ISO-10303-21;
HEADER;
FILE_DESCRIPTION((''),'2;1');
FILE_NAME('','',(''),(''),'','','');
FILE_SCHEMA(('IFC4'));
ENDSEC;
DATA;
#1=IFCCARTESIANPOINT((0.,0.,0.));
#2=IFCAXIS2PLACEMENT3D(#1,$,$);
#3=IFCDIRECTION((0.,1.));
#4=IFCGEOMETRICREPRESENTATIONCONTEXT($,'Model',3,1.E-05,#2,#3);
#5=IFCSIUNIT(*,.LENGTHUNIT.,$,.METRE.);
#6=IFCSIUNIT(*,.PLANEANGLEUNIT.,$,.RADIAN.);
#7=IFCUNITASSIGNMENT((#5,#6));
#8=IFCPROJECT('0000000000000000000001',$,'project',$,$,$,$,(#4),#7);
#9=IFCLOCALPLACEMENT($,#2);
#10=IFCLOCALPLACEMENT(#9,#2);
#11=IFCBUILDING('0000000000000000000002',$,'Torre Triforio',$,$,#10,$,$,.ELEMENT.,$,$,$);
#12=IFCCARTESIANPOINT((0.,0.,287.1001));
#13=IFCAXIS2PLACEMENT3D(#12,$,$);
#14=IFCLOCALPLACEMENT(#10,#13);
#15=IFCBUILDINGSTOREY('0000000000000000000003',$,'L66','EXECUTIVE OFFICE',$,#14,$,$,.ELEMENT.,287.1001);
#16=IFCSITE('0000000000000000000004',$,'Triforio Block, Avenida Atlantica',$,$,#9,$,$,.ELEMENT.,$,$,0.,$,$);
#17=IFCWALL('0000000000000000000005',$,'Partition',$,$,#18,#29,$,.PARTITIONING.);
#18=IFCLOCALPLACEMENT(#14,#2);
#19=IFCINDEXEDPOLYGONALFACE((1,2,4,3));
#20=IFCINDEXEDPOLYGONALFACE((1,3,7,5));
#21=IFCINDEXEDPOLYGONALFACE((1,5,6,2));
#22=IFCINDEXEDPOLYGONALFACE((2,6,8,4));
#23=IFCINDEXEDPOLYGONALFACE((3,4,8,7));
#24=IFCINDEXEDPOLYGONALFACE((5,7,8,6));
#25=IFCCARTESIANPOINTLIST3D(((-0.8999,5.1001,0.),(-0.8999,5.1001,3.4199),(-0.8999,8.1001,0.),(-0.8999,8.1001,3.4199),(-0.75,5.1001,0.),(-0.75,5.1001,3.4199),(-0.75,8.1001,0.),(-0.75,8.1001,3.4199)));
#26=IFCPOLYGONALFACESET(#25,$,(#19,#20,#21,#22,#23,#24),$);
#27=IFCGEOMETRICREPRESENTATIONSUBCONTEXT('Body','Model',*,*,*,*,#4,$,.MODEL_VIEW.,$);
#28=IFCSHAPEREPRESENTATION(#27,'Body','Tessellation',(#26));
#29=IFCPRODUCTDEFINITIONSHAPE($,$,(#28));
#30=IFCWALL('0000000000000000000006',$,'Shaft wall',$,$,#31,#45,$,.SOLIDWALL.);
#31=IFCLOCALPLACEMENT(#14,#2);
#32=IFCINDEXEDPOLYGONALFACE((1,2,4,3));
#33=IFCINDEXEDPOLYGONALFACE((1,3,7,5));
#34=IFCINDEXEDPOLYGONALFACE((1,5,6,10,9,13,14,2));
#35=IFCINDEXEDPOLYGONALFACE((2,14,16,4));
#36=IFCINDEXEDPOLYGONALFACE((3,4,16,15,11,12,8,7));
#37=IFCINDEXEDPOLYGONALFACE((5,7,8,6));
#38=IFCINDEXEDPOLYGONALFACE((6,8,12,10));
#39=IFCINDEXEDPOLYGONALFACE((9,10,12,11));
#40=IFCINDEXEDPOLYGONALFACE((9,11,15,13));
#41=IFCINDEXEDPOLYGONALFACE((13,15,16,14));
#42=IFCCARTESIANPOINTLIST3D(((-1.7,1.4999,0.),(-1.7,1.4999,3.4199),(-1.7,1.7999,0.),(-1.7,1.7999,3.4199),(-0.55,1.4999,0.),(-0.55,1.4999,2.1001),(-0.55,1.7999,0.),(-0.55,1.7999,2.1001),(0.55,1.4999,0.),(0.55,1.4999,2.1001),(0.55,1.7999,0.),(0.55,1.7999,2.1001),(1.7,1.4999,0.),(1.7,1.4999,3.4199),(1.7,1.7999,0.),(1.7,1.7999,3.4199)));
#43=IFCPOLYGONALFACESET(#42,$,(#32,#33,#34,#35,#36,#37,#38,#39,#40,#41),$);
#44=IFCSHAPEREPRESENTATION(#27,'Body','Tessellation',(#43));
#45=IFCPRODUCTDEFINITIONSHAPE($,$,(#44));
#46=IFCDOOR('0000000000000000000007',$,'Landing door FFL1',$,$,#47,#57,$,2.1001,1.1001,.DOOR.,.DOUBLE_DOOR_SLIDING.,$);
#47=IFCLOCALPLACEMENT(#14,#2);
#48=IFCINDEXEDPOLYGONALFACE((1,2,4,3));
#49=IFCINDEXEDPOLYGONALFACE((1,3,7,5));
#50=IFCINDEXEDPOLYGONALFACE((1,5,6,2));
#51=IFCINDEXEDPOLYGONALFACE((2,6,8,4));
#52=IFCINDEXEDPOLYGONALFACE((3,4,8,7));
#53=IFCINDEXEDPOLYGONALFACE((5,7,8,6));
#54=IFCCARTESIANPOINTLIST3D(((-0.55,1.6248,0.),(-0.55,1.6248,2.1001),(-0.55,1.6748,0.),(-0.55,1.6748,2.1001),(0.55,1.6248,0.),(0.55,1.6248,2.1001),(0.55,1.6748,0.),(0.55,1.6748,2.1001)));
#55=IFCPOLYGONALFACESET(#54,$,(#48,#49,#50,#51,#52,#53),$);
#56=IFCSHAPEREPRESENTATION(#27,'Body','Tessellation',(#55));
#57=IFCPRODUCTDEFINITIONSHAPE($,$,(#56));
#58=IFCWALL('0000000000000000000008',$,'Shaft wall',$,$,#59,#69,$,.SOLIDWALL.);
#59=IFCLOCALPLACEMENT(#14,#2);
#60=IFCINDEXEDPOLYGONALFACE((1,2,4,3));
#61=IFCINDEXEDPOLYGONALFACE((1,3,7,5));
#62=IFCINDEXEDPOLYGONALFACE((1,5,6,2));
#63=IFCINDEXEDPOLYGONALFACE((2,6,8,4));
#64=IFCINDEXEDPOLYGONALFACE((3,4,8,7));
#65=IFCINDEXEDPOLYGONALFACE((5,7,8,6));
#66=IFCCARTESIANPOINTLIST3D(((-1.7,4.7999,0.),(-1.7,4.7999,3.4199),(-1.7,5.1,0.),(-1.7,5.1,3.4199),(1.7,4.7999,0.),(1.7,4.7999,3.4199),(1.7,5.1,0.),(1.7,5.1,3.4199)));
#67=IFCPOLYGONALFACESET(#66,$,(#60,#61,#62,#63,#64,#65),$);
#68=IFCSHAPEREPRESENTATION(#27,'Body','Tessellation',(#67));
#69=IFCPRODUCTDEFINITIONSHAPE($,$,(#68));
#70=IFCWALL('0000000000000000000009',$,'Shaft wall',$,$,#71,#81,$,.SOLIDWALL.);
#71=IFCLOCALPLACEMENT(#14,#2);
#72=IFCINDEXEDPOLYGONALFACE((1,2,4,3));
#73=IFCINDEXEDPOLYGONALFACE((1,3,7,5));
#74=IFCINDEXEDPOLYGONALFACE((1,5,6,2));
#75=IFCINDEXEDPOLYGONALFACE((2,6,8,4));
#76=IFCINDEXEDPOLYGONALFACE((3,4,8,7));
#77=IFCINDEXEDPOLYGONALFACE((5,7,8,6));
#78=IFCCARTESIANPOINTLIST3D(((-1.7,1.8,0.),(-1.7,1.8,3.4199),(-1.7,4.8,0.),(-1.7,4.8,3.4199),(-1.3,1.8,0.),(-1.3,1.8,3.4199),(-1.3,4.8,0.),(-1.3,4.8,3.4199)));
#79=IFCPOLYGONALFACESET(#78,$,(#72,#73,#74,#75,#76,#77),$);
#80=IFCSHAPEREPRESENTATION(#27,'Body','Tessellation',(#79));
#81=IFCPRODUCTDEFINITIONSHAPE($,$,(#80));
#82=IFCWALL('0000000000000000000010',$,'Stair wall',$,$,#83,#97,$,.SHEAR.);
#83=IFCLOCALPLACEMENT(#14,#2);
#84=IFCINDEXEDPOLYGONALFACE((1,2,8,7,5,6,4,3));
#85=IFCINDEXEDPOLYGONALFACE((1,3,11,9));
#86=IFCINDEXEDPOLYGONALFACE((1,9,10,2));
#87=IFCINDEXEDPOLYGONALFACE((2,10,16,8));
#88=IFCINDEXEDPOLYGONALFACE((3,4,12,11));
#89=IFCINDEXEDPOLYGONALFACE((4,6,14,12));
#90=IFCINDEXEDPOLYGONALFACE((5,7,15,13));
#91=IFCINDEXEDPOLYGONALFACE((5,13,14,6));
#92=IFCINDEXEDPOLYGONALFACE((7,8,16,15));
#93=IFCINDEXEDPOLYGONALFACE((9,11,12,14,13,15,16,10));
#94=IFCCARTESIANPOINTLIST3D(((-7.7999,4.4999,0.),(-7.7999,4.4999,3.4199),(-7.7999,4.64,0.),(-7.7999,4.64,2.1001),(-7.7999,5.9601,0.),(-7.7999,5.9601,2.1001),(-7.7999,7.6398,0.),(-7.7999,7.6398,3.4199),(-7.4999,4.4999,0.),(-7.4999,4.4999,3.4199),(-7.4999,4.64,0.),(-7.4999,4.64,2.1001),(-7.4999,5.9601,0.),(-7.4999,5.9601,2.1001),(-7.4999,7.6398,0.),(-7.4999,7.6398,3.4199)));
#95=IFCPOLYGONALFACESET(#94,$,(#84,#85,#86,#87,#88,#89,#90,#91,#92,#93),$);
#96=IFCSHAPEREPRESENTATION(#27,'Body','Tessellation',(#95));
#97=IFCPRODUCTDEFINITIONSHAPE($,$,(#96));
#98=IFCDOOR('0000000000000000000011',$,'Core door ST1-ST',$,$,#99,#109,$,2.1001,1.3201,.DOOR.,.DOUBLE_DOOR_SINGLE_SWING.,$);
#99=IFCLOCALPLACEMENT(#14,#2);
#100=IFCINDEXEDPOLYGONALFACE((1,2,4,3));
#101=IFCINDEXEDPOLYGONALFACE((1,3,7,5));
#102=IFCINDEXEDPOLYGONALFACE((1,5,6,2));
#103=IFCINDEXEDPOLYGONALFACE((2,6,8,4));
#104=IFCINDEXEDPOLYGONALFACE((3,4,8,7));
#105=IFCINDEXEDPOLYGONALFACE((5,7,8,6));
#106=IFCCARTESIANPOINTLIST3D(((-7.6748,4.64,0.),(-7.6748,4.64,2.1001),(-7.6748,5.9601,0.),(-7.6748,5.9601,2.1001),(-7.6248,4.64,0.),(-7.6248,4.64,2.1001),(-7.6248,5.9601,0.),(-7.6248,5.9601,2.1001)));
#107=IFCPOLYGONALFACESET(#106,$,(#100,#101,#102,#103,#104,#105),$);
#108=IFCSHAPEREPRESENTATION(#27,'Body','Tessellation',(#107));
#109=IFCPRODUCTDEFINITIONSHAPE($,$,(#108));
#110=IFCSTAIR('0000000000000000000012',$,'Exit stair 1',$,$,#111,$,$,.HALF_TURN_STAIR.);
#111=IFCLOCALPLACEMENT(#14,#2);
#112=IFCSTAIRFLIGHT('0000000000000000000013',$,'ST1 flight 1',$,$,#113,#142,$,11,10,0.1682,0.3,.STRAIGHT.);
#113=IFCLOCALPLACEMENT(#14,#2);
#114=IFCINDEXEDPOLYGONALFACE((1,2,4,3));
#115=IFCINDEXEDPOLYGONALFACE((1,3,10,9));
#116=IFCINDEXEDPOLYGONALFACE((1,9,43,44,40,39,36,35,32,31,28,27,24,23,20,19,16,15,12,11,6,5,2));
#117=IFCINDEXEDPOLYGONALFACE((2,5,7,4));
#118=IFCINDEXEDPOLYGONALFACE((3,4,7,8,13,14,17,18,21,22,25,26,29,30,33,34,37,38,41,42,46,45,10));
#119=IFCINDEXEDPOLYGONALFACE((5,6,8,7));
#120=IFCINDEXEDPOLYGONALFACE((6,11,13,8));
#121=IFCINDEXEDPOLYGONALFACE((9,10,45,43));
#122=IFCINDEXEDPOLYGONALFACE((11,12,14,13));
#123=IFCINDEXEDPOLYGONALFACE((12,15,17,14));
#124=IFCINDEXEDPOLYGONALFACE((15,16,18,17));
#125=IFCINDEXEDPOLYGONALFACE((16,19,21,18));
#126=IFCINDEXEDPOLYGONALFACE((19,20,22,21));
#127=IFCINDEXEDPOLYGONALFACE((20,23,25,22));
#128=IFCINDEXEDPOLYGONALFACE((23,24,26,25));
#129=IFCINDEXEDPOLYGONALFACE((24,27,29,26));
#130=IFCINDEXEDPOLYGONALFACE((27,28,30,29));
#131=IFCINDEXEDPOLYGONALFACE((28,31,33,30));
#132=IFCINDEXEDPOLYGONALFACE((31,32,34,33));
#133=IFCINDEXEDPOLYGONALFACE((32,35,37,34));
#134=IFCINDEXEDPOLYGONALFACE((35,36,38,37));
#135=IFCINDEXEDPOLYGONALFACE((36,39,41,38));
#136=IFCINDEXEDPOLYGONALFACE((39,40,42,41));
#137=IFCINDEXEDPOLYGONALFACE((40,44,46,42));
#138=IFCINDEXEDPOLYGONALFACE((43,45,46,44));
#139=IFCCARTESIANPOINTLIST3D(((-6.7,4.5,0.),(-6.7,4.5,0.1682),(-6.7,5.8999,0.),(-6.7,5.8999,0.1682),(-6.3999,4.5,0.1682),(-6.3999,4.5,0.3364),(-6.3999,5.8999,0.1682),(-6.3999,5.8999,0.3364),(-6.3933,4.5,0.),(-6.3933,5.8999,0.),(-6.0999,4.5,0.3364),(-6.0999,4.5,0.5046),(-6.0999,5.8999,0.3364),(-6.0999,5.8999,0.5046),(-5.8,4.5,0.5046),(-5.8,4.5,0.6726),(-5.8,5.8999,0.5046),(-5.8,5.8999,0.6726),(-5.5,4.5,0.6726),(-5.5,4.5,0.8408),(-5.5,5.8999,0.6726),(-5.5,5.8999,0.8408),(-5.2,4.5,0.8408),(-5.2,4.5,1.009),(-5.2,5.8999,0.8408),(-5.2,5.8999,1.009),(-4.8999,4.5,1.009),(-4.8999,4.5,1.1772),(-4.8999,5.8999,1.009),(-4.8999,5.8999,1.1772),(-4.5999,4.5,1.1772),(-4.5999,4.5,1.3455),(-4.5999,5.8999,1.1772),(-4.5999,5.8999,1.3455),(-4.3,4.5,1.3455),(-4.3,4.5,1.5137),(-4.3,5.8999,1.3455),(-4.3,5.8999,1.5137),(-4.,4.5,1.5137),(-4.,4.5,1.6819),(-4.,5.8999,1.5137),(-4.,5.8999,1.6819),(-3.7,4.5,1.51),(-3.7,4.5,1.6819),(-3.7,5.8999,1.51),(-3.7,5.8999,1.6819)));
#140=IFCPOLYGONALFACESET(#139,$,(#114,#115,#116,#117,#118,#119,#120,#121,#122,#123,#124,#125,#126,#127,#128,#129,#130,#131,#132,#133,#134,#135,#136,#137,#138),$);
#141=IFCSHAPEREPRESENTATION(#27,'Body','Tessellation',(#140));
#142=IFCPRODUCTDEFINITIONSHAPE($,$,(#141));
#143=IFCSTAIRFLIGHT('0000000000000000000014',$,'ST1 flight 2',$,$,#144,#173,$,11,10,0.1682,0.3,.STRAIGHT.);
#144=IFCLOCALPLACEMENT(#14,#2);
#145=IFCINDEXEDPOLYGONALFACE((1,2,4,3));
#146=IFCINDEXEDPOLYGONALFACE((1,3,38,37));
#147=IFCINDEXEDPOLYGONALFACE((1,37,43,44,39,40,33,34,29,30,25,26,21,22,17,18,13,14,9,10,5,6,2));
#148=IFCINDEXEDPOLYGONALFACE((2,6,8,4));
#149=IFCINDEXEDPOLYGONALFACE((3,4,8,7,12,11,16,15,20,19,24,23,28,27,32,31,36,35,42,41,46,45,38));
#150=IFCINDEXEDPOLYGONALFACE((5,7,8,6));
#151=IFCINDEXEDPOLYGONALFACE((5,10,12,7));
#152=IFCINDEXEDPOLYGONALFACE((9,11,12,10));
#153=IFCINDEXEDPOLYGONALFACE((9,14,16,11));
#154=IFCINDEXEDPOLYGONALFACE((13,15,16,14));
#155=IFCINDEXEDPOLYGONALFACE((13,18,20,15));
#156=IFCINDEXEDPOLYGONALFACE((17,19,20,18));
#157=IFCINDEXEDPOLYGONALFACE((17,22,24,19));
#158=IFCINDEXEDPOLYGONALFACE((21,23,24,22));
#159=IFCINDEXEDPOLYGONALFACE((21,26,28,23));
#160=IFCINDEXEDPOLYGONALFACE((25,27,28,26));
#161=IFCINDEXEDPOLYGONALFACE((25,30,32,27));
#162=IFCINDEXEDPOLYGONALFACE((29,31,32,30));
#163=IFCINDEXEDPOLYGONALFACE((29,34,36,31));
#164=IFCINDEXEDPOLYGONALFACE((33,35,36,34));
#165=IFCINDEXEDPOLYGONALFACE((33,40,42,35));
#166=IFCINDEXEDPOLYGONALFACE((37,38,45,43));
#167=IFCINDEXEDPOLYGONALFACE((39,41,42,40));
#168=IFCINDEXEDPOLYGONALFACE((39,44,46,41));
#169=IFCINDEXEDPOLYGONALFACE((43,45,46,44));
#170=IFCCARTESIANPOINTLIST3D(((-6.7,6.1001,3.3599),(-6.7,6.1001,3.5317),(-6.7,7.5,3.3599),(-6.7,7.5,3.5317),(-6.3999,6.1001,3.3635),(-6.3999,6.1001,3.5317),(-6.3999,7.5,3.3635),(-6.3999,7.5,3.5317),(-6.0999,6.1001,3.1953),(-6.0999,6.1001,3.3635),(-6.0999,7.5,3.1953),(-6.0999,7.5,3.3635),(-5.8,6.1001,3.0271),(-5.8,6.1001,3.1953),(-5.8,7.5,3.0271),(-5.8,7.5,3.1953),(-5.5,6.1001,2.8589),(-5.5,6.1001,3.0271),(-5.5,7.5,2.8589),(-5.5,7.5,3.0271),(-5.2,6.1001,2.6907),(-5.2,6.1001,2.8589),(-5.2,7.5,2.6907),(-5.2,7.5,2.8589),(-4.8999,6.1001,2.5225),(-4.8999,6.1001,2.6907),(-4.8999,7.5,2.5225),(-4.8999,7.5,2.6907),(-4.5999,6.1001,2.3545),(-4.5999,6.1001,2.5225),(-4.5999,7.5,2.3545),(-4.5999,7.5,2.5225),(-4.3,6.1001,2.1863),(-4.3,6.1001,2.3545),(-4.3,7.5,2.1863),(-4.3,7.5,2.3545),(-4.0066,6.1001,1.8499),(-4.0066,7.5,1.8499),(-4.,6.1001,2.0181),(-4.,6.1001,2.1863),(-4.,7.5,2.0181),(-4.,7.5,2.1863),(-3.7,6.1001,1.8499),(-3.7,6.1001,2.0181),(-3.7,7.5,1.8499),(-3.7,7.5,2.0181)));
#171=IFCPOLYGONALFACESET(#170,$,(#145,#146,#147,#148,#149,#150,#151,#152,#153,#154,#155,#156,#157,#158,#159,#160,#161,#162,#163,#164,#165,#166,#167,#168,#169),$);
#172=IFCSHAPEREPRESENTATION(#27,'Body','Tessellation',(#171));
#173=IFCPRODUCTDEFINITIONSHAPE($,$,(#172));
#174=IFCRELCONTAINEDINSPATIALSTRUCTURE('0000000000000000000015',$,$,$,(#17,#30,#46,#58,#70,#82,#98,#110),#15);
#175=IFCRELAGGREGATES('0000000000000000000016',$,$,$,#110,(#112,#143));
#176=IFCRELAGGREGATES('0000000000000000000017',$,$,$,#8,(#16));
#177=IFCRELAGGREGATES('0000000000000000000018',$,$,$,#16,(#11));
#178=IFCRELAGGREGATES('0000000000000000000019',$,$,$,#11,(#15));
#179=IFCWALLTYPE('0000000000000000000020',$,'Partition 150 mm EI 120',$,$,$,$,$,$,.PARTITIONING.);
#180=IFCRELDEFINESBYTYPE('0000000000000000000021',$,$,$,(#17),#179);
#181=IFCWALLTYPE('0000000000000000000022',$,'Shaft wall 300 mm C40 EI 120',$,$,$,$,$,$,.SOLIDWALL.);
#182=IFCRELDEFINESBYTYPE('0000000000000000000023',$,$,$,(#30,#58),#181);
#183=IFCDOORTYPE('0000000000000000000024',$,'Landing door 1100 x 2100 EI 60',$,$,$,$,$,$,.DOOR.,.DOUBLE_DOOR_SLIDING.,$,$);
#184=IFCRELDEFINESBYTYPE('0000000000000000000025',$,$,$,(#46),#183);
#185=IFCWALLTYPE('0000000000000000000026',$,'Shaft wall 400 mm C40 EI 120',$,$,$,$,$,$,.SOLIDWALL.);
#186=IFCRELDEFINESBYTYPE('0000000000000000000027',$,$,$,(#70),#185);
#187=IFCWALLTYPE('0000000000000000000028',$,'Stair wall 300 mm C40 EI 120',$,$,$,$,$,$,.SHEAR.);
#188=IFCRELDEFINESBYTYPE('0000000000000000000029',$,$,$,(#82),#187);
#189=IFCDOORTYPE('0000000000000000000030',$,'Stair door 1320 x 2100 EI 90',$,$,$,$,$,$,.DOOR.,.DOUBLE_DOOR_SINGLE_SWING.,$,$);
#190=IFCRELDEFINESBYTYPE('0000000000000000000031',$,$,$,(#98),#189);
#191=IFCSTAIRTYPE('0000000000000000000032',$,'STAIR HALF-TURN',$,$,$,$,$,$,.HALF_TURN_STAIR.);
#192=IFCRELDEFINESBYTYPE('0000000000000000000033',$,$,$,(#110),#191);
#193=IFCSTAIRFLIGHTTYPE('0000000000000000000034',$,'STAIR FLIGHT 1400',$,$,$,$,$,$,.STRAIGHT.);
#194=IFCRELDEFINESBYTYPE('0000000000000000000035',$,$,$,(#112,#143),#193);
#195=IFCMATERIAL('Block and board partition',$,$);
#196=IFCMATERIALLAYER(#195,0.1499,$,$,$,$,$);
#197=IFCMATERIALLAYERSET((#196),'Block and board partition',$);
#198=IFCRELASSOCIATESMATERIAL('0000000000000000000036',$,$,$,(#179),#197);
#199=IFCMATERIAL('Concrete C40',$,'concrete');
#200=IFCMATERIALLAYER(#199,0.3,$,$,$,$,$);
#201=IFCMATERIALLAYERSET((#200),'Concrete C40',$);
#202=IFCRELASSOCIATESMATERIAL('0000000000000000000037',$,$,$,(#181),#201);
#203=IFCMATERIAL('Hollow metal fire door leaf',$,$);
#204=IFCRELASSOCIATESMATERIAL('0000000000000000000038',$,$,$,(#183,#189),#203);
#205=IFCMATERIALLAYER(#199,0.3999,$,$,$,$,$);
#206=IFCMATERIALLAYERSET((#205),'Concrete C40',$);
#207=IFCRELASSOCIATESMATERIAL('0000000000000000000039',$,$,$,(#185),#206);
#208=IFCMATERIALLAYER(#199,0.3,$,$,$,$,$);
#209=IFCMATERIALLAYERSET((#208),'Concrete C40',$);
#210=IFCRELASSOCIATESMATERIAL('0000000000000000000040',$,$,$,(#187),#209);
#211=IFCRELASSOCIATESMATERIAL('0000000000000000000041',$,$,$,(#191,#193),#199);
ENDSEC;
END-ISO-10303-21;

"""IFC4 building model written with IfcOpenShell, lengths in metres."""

from ifc_helpers import new_model, si_unit, direction, frame, frame_2d, origin, place, context, subcontext, project, spatial, polyline, rectangle, outline, extrude, material, layer, layer_set, type_object, element, fill, aggregate, save


model = new_model("IFC4")

# Units and contexts
model_context = context("Model", 3, precision=1e-05, world=origin(), true_north=direction((0.0, 1.0)))
body_context = subcontext(model_context, "Body", "Model", "MODEL_VIEW")
ifc_project = project(units=[si_unit("LENGTHUNIT", "METRE"), si_unit("PLANEANGLEUNIT", "RADIAN")], contexts=[model_context])

# Site, building, storey
site_placement = place(None, origin())
site = spatial("IfcSite", under=ifc_project, at=site_placement, Name="Triforio Block, Avenida Atlantica", CompositionType="ELEMENT", RefElevation=0.0)
building_placement = place(site_placement, origin())
building = spatial("IfcBuilding", under=site, at=building_placement, Name="Torre Triforio", CompositionType="ELEMENT")
storey_placement = place(building_placement, frame((0.0, 0.0, 287.1001)))
storey = spatial("IfcBuildingStorey", under=building, at=storey_placement, Name="L66", Description="EXECUTIVE OFFICE", CompositionType="ELEMENT", Elevation=287.1001)

# Shared definitions
ifc_material_1 = material(Name="Concrete C40", Category="concrete")

# Wall
ifc_material_2 = material(Name="Block and board partition")
ifc_layer_1 = layer(ifc_material_2, 0.1499)
ifc_layer_set_1 = layer_set([ifc_layer_1], Name="Block and board partition")
wall_type_1 = type_object("IfcWallType", Name="Partition 150 mm EI 120", PredefinedType="PARTITIONING", material=ifc_layer_set_1)
wall_1_placement = place(storey_placement, frame((-0.825, 5.1001, 0.0), z_axis=(0.0, 0.0, 1.0), x_axis=(0.0, 1.0, 0.0)))
element("IfcWall", 1, at=wall_1_placement, inside=storey, type_object=wall_type_1, Name="Partition", PredefinedType="PARTITIONING", context=body_context, shape_type="SweptSolid", body=[
    extrude(rectangle(XDim=3.0, YDim=0.1499, at=frame_2d((1.5, 0.0))), origin(), (0.0, 0.0, 1.0), 3.4199),
])

# Wall, opening, door
ifc_layer_2 = layer(ifc_material_1, 0.3)
ifc_layer_set_2 = layer_set([ifc_layer_2], Name="Concrete C40")
wall_type_2 = type_object("IfcWallType", Name="Shaft wall 300 mm C40 EI 120", PredefinedType="SOLIDWALL", material=ifc_layer_set_2)
wall_2_placement = place(storey_placement, frame((-1.7, 1.6499, 0.0), z_axis=(0.0, 0.0, 1.0), x_axis=(1.0, 0.0, 0.0)))
wall_2 = element("IfcWall", 2, at=wall_2_placement, inside=storey, type_object=wall_type_2, Name="Shaft wall", PredefinedType="SOLIDWALL", context=body_context, shape_type="SweptSolid", body=[
    extrude(rectangle(XDim=3.3999, YDim=0.3, at=frame_2d((1.7, 0.0))), origin(), (0.0, 0.0, 1.0), 3.4199),
])
opening_1_placement = place(wall_2_placement, frame((1.1499, 0.0, 0.0)))
opening_1 = element("IfcOpeningElement", 3, at=opening_1_placement, cuts=wall_2, PredefinedType="OPENING", context=body_context, shape_type="SweptSolid", body=[
    extrude(rectangle(XDim=1.1001, YDim=2.1001, at=frame_2d((0.55, 1.05))), frame((0.0, 0.1599, 0.0), z_axis=(0.0, -1.0, 0.0), x_axis=(1.0, 0.0, 0.0)), (0.0, 0.0, 1.0), 0.3201),
])
ifc_material_3 = material(Name="Hollow metal fire door leaf")
door_type_1 = type_object("IfcDoorType", Name="Landing door 1100 x 2100 EI 60", OperationType="DOUBLE_DOOR_SLIDING", PredefinedType="DOOR", material=ifc_material_3)
door_1_placement = place(opening_1_placement, origin())
door_1 = element("IfcDoor", 4, at=door_1_placement, inside=storey, type_object=door_type_1, Name="Landing door FFL1", OperationType="DOUBLE_DOOR_SLIDING", OverallHeight=2.1001, OverallWidth=1.1001, PredefinedType="DOOR", context=body_context, shape_type="SweptSolid", body=[
    extrude(rectangle(XDim=1.1001, YDim=2.1001, at=frame_2d((0.55, 1.05))), frame((0.0, 0.0249, 0.0), z_axis=(0.0, -1.0, 0.0), x_axis=(1.0, 0.0, 0.0)), (0.0, 0.0, 1.0), 0.05),
])
fill(opening_1, door_1)

# Walls
wall_3_placement = place(storey_placement, frame((-1.7, 4.95, 0.0), z_axis=(0.0, 0.0, 1.0), x_axis=(1.0, 0.0, 0.0)))
element("IfcWall", 5, at=wall_3_placement, inside=storey, type_object=wall_type_2, Name="Shaft wall", PredefinedType="SOLIDWALL", context=body_context, shape_type="SweptSolid", body=[
    extrude(rectangle(XDim=3.3999, YDim=0.3, at=frame_2d((1.7, 0.0))), origin(), (0.0, 0.0, 1.0), 3.4199),
])
ifc_layer_3 = layer(ifc_material_1, 0.3999)
ifc_layer_set_3 = layer_set([ifc_layer_3], Name="Concrete C40")
wall_type_3 = type_object("IfcWallType", Name="Shaft wall 400 mm C40 EI 120", PredefinedType="SOLIDWALL", material=ifc_layer_set_3)
wall_4_placement = place(storey_placement, frame((-1.5, 1.8, 0.0), z_axis=(0.0, 0.0, 1.0), x_axis=(0.0, 1.0, 0.0)))
element("IfcWall", 6, at=wall_4_placement, inside=storey, type_object=wall_type_3, Name="Shaft wall", PredefinedType="SOLIDWALL", context=body_context, shape_type="SweptSolid", body=[
    extrude(rectangle(XDim=3.0, YDim=0.3999, at=frame_2d((1.5, 0.0))), origin(), (0.0, 0.0, 1.0), 3.4199),
])

# Wall, opening, door
ifc_layer_4 = layer(ifc_material_1, 0.3)
ifc_layer_set_4 = layer_set([ifc_layer_4], Name="Concrete C40")
wall_type_4 = type_object("IfcWallType", Name="Stair wall 300 mm C40 EI 120", PredefinedType="SHEAR", material=ifc_layer_set_4)
wall_5_placement = place(storey_placement, frame((-7.6499, 4.5, 0.0), z_axis=(0.0, 0.0, 1.0), x_axis=(0.0, 1.0, 0.0)))
wall_5 = element("IfcWall", 7, at=wall_5_placement, inside=storey, type_object=wall_type_4, Name="Stair wall", PredefinedType="SHEAR", context=body_context, shape_type="SweptSolid", body=[
    extrude(rectangle(XDim=3.1399, YDim=0.3, at=frame_2d((1.5698, 0.0))), origin(), (0.0, 0.0, 1.0), 3.4199),
])
opening_2_placement = place(wall_5_placement, frame((0.1399, 0.0, 0.0)))
opening_2 = element("IfcOpeningElement", 8, at=opening_2_placement, cuts=wall_5, PredefinedType="OPENING", context=body_context, shape_type="SweptSolid", body=[
    extrude(rectangle(XDim=1.3201, YDim=2.1001, at=frame_2d((0.6602, 1.05))), frame((0.0, 0.1599, 0.0), z_axis=(0.0, -1.0, 0.0), x_axis=(1.0, 0.0, 0.0)), (0.0, 0.0, 1.0), 0.3201),
])
door_type_2 = type_object("IfcDoorType", Name="Stair door 1320 x 2100 EI 90", OperationType="DOUBLE_DOOR_SINGLE_SWING", PredefinedType="DOOR", material=ifc_material_3)
door_2_placement = place(opening_2_placement, origin())
door_2 = element("IfcDoor", 9, at=door_2_placement, inside=storey, type_object=door_type_2, Name="Core door ST1-ST", OperationType="DOUBLE_DOOR_SINGLE_SWING", OverallHeight=2.1001, OverallWidth=1.3201, PredefinedType="DOOR", context=body_context, shape_type="SweptSolid", body=[
    extrude(rectangle(XDim=1.3201, YDim=2.1001, at=frame_2d((0.6602, 1.05))), frame((0.0, 0.0249, 0.0), z_axis=(0.0, -1.0, 0.0), x_axis=(1.0, 0.0, 0.0)), (0.0, 0.0, 1.0), 0.05),
])
fill(opening_2, door_2)

# Stair, stair flights
stair_type = type_object("IfcStairType", Name="STAIR HALF-TURN", PredefinedType="HALF_TURN_STAIR", material=ifc_material_1)
stair_placement = place(storey_placement, origin())
stair = element("IfcStair", 10, at=stair_placement, inside=storey, type_object=stair_type, Name="Exit stair 1", PredefinedType="HALF_TURN_STAIR")
stair_flight_type = type_object("IfcStairFlightType", Name="STAIR FLIGHT 1400", PredefinedType="STRAIGHT", material=ifc_material_1)
stair_flight_1_placement = place(storey_placement, frame((-6.7, 5.2, 0.0), z_axis=(0.0, 0.0, 1.0), x_axis=(1.0, 0.0, 0.0)))
stair_flight_1 = element("IfcStairFlight", 11, at=stair_flight_1_placement, type_object=stair_flight_type, Name="ST1 flight 1", NumberOfRisers=11, NumberOfTreads=10, PredefinedType="STRAIGHT", RiserHeight=0.1682, TreadLength=0.3, context=body_context, shape_type="SweptSolid", body=[
    extrude(outline(polyline([(0.0, 0.0), (0.0, 0.1682), (0.3, 0.1682), (0.3, 0.3364), (0.6001, 0.3364), (0.6001, 0.5046), (0.8999, 0.5046), (0.8999, 0.6726), (1.2, 0.6726), (1.2, 0.8408), (1.5, 0.8408), (1.5, 1.009), (1.8, 1.009), (1.8, 1.1772), (2.1001, 1.1772), (2.1001, 1.3455), (2.3999, 1.3455), (2.3999, 1.5137), (2.7, 1.5137), (2.7, 1.6819), (3.0, 1.6819), (3.0, 1.8501), (3.0, 1.51), (0.3066, 0.0), (0.0, 0.0)])), frame((0.0, 0.7, 0.0), z_axis=(0.0, -1.0, 0.0), x_axis=(1.0, 0.0, 0.0)), (0.0, 0.0, 1.0), 1.3999),
])
stair_flight_2_placement = place(storey_placement, frame((-3.7, 6.8, 1.8499), z_axis=(0.0, 0.0, 1.0), x_axis=(-1.0, 0.0, 0.0)))
stair_flight_2 = element("IfcStairFlight", 12, at=stair_flight_2_placement, type_object=stair_flight_type, Name="ST1 flight 2", NumberOfRisers=11, NumberOfTreads=10, PredefinedType="STRAIGHT", RiserHeight=0.1682, TreadLength=0.3, context=body_context, shape_type="SweptSolid", body=[
    extrude(outline(polyline([(0.0, 0.0), (0.0, 0.1682), (0.3, 0.1682), (0.3, 0.3364), (0.6001, 0.3364), (0.6001, 0.5046), (0.8999, 0.5046), (0.8999, 0.6726), (1.2, 0.6726), (1.2, 0.8408), (1.5, 0.8408), (1.5, 1.009), (1.8, 1.009), (1.8, 1.1772), (2.1001, 1.1772), (2.1001, 1.3455), (2.3999, 1.3455), (2.3999, 1.5137), (2.7, 1.5137), (2.7, 1.6819), (3.0, 1.6819), (3.0, 1.8501), (3.0, 1.51), (0.3066, 0.0), (0.0, 0.0)])), frame((0.0, 0.7, 0.0), z_axis=(0.0, -1.0, 0.0), x_axis=(1.0, 0.0, 0.0)), (0.0, 0.0, 1.0), 1.3999),
])
aggregate(stair, [stair_flight_1, stair_flight_2])

save(model, "model.ifc")
